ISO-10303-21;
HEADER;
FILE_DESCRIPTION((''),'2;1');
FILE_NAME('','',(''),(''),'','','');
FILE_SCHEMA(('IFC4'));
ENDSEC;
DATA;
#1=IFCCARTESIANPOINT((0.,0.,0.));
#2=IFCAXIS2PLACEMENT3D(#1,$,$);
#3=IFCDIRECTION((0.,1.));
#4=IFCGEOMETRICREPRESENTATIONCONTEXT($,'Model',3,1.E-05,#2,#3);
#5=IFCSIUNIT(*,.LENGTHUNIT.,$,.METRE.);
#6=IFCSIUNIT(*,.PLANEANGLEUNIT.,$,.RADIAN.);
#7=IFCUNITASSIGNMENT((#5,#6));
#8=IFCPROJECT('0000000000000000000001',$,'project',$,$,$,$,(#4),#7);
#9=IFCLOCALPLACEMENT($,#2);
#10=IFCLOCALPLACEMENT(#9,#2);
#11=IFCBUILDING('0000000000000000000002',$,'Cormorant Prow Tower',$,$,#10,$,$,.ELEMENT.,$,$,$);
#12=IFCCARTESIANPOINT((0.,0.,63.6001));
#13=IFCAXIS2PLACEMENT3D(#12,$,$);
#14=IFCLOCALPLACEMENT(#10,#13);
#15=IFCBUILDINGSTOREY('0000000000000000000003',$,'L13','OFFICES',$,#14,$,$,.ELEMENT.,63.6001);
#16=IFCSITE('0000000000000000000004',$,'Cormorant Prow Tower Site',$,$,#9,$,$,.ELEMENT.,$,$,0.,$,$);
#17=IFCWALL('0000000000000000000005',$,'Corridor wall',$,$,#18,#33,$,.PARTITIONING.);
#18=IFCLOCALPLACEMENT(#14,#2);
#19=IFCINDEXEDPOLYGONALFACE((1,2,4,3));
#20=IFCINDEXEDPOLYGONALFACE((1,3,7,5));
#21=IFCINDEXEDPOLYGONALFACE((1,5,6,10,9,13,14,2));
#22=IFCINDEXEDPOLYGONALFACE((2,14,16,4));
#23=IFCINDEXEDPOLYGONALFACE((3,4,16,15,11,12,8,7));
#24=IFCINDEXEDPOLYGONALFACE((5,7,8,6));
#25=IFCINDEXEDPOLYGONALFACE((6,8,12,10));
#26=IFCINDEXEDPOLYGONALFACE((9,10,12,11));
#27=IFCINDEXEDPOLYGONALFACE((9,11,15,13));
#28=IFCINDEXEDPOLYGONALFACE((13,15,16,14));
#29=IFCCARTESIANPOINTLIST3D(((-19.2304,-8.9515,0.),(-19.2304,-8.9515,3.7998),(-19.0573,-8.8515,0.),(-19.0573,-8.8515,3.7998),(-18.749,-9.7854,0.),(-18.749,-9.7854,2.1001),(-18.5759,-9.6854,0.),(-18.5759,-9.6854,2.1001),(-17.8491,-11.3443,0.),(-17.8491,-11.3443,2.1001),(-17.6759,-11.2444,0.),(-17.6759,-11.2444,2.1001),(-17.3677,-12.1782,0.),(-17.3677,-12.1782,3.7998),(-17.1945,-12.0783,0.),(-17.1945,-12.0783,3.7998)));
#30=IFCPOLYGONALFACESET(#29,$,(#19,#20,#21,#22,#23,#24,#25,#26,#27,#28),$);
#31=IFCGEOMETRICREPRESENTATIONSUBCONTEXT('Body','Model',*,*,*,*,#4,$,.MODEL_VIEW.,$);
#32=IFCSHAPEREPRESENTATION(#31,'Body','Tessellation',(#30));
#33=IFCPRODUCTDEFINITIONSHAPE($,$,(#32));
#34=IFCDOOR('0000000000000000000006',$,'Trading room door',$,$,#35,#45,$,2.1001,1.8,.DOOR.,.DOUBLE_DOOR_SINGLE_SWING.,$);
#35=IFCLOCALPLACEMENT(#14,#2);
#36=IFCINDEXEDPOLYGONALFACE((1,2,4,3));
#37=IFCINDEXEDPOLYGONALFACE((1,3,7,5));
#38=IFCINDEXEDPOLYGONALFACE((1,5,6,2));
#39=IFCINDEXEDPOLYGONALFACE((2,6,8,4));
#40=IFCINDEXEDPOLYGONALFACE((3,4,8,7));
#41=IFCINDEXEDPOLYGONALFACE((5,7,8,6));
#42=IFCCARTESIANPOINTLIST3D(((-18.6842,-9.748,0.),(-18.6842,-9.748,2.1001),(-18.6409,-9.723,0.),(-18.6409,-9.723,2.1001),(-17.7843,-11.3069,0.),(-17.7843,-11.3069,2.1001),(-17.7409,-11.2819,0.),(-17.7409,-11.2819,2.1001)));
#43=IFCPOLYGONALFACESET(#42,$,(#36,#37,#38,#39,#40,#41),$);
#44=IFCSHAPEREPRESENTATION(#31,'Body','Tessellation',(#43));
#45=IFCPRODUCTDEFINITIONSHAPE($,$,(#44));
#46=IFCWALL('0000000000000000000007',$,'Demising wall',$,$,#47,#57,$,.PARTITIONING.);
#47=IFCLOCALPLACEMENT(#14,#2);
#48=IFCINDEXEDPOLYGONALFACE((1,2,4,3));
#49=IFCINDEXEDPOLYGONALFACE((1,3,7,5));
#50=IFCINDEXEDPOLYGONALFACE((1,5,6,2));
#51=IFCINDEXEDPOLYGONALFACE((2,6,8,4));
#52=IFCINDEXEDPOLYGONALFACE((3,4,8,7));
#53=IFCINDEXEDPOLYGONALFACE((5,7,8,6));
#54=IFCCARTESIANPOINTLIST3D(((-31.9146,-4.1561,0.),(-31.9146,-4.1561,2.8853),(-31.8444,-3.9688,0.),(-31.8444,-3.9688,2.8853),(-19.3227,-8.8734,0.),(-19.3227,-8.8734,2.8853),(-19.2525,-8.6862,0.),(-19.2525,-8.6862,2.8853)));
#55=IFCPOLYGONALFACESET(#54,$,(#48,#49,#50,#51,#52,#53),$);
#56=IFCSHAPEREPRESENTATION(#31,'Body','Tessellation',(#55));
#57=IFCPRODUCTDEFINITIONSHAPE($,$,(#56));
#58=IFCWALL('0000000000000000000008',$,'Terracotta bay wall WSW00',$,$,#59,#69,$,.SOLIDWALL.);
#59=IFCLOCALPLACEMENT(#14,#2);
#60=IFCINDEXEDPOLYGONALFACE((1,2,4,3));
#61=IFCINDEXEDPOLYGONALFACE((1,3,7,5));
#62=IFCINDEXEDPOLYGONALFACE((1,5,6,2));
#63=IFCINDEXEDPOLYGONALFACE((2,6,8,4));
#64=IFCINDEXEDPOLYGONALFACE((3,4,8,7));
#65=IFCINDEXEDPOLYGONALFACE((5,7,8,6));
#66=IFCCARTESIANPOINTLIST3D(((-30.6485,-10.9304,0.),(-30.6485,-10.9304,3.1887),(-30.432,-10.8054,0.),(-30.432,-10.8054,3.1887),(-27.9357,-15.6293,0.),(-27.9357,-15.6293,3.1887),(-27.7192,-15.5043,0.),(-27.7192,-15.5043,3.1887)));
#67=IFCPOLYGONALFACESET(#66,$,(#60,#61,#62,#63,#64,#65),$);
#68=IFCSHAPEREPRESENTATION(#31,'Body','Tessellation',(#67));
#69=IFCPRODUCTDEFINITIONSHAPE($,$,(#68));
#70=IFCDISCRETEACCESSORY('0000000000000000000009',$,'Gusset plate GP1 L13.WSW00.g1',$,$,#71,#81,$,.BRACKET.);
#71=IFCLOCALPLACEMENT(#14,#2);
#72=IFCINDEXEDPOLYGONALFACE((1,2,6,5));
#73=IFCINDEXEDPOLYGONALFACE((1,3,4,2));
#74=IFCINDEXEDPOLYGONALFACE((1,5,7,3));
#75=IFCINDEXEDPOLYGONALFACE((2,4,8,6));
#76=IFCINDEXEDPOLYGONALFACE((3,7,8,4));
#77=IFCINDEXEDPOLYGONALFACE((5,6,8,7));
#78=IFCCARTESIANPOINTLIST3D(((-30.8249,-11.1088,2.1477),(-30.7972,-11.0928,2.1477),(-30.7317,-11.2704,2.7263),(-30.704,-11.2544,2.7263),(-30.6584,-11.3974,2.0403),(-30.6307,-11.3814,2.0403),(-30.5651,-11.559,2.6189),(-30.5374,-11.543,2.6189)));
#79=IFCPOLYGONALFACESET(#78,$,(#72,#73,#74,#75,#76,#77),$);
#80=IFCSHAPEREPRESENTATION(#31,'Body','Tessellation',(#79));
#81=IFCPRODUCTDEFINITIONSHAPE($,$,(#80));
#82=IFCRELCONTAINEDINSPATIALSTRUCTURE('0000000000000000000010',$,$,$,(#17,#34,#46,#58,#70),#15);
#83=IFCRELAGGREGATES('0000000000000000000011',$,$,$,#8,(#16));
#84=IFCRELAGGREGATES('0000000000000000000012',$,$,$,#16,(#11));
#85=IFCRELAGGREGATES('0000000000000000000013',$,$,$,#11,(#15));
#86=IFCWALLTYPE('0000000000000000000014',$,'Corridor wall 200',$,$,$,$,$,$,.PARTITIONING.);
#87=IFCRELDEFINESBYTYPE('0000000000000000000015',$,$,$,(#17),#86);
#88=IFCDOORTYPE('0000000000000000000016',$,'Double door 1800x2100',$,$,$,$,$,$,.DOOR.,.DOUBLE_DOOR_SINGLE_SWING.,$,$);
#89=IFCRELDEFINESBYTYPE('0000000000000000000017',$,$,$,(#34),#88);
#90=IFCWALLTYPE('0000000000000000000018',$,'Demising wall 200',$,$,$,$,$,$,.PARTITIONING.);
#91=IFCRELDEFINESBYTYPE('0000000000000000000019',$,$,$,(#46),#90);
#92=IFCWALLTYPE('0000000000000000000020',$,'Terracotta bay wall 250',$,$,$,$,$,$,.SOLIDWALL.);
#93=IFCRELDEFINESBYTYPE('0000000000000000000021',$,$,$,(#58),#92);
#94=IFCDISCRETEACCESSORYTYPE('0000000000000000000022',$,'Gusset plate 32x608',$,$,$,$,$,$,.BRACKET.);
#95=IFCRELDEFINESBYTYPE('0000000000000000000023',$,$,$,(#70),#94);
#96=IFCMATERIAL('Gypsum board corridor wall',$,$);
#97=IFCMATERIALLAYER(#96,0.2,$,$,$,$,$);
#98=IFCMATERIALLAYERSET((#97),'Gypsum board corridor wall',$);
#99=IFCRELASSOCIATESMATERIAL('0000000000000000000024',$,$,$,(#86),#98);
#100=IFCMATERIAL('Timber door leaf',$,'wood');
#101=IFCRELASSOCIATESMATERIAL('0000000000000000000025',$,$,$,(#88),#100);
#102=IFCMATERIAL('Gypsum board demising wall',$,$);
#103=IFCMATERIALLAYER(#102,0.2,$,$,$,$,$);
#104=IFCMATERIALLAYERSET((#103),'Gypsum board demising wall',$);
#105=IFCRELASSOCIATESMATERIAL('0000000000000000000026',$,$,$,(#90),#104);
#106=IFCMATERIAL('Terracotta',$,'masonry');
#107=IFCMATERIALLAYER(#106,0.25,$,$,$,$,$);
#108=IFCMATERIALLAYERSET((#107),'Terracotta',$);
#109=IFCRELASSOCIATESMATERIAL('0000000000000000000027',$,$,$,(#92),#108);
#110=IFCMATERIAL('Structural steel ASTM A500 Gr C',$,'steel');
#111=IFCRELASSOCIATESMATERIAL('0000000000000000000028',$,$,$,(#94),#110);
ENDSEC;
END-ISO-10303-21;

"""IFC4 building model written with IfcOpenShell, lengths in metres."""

from ifc_helpers import new_model, si_unit, direction, frame, frame_2d, origin, origin_2d, place, context, subcontext, project, spatial, rectangle, extrude, material, layer, layer_set, material_profile, profile_set, type_object, element, fill, save


model = new_model("IFC4")

# Units and contexts
model_context = context("Model", 3, precision=1e-05, world=origin(), true_north=direction((0.0, 1.0)))
body_context = subcontext(model_context, "Body", "Model", "MODEL_VIEW")
ifc_project = project(units=[si_unit("LENGTHUNIT", "METRE"), si_unit("PLANEANGLEUNIT", "RADIAN")], contexts=[model_context])

# Site, building, storey
site_placement = place(None, origin())
site = spatial("IfcSite", under=ifc_project, at=site_placement, Name="Cormorant Prow Tower Site", CompositionType="ELEMENT", RefElevation=0.0)
building_placement = place(site_placement, origin())
building = spatial("IfcBuilding", under=site, at=building_placement, Name="Cormorant Prow Tower", CompositionType="ELEMENT")
storey_placement = place(building_placement, frame((0.0, 0.0, 63.6001)))
storey = spatial("IfcBuildingStorey", under=building, at=storey_placement, Name="L13", Description="OFFICES", CompositionType="ELEMENT", Elevation=63.6001)

# Shared definitions
ifc_material_1 = material(Name="Gypsum board corridor wall")
ifc_layer_1 = layer(ifc_material_1, 0.2)
ifc_layer_set_1 = layer_set([ifc_layer_1], Name="Gypsum board corridor wall")
wall_type_1 = type_object("IfcWallType", Name="Corridor wall 200", PredefinedType="PARTITIONING", material=ifc_layer_set_1)

# Wall, opening, door
ifc_material_2 = material(Name="Timber door leaf", Category="wood")
door_type_1 = type_object("IfcDoorType", Name="Double door 1800x2100", OperationType="DOUBLE_DOOR_SINGLE_SWING", PredefinedType="DOOR", material=ifc_material_2)
wall_1_placement = place(storey_placement, frame((-19.1438, -8.9016, 0.0), z_axis=(0.0, 0.0, 1.0), x_axis=(0.499959, -0.866049, 0.0)))
wall_1 = element("IfcWall", 1, at=wall_1_placement, inside=storey, type_object=wall_type_1, Name="Corridor wall", PredefinedType="PARTITIONING", context=body_context, shape_type="SweptSolid", body=[
    extrude(rectangle(XDim=3.7258, YDim=0.2, at=frame_2d((1.8628, 0.0))), origin(), (0.0, 0.0, 1.0), 3.7998),
])
opening_1_placement = place(wall_1_placement, frame((0.9629, 0.0, 0.0)))
opening_1 = element("IfcOpeningElement", 2, at=opening_1_placement, cuts=wall_1, PredefinedType="OPENING", context=body_context, shape_type="SweptSolid", body=[
    extrude(rectangle(XDim=1.8, YDim=2.1001, at=frame_2d((0.8999, 1.05))), frame((0.0, 0.1099, 0.0), z_axis=(0.0, -1.0, 0.0), x_axis=(1.0, 0.0, 0.0)), (0.0, 0.0, 1.0), 0.22),
])
door_1_placement = place(opening_1_placement, origin())
door_1 = element("IfcDoor", 3, at=door_1_placement, inside=storey, type_object=door_type_1, Name="Trading room door", OperationType="DOUBLE_DOOR_SINGLE_SWING", OverallHeight=2.1001, OverallWidth=1.8, PredefinedType="DOOR", context=body_context, shape_type="SweptSolid", body=[
    extrude(rectangle(XDim=1.8, YDim=2.1001, at=frame_2d((0.8999, 1.05))), frame((0.0, 0.0249, 0.0), z_axis=(0.0, -1.0, 0.0), x_axis=(1.0, 0.0, 0.0)), (0.0, 0.0, 1.0), 0.05),
])
fill(opening_1, door_1)

# Walls
ifc_material_3 = material(Name="Gypsum board demising wall")
ifc_layer_2 = layer(ifc_material_3, 0.2)
ifc_layer_set_2 = layer_set([ifc_layer_2], Name="Gypsum board demising wall")
wall_type_2 = type_object("IfcWallType", Name="Demising wall 200", PredefinedType="PARTITIONING", material=ifc_layer_set_2)
wall_2_placement = place(storey_placement, frame((-31.8794, -4.0625, 0.0), z_axis=(0.0, 0.0, 1.0), x_axis=(0.936443, -0.350821, 0.0)))
element("IfcWall", 4, at=wall_2_placement, inside=storey, type_object=wall_type_2, Name="Demising wall", PredefinedType="PARTITIONING", context=body_context, shape_type="SweptSolid", body=[
    extrude(rectangle(XDim=13.4465, YDim=0.2, at=frame_2d((6.7231, 0.0))), origin(), (0.0, 0.0, 1.0), 2.8853),
])
ifc_material_4 = material(Name="Terracotta", Category="masonry")
ifc_layer_3 = layer(ifc_material_4, 0.25)
ifc_layer_set_3 = layer_set([ifc_layer_3], Name="Terracotta")
wall_type_3 = type_object("IfcWallType", Name="Terracotta bay wall 250", PredefinedType="SOLIDWALL", material=ifc_layer_set_3)
wall_3_placement = place(storey_placement, frame((-30.5403, -10.8679, 0.0), z_axis=(0.0, 0.0, 1.0), x_axis=(0.499991, -0.86603, 0.0)))
element("IfcWall", 5, at=wall_3_placement, inside=storey, type_object=wall_type_3, Name="Terracotta bay wall WSW00", PredefinedType="SOLIDWALL", context=body_context, shape_type="SweptSolid", body=[
    extrude(rectangle(XDim=5.4258, YDim=0.25, at=frame_2d((2.7129, 0.0))), origin(), (0.0, 0.0, 1.0), 3.1887),
])

# Discrete accessory
ifc_material_5 = material(Name="Structural steel ASTM A500 Gr C", Category="steel")
ifc_material_profile_1 = material_profile(ifc_material_5, rectangle(XDim=0.032, YDim=0.6079, at=origin_2d()), Name="Gusset plate 32x608")
ifc_profile_set_1 = profile_set([ifc_material_profile_1], Name="Structural steel ASTM A500 Gr C")
discrete_accessory_type = type_object("IfcDiscreteAccessoryType", Name="Gusset plate 32x608", PredefinedType="BRACKET", material=ifc_profile_set_1)
discrete_accessory_placement = place(storey_placement, frame((-30.5979, -11.4702, 2.3296), z_axis=(-0.475652, 0.82437, 0.306872), x_axis=(-0.866161, -0.499765, 0.0)))
element("IfcDiscreteAccessory", 6, at=discrete_accessory_placement, inside=storey, type_object=discrete_accessory_type, Name="Gusset plate GP1 L13.WSW00.g1", PredefinedType="BRACKET", context=body_context, shape_type="SweptSolid", body=[
    extrude(rectangle(XDim=0.032, YDim=0.6079, at=origin_2d()), origin(), (0.0, 0.0, 1.0), 0.3501),
])

save(model, "model.ifc")
